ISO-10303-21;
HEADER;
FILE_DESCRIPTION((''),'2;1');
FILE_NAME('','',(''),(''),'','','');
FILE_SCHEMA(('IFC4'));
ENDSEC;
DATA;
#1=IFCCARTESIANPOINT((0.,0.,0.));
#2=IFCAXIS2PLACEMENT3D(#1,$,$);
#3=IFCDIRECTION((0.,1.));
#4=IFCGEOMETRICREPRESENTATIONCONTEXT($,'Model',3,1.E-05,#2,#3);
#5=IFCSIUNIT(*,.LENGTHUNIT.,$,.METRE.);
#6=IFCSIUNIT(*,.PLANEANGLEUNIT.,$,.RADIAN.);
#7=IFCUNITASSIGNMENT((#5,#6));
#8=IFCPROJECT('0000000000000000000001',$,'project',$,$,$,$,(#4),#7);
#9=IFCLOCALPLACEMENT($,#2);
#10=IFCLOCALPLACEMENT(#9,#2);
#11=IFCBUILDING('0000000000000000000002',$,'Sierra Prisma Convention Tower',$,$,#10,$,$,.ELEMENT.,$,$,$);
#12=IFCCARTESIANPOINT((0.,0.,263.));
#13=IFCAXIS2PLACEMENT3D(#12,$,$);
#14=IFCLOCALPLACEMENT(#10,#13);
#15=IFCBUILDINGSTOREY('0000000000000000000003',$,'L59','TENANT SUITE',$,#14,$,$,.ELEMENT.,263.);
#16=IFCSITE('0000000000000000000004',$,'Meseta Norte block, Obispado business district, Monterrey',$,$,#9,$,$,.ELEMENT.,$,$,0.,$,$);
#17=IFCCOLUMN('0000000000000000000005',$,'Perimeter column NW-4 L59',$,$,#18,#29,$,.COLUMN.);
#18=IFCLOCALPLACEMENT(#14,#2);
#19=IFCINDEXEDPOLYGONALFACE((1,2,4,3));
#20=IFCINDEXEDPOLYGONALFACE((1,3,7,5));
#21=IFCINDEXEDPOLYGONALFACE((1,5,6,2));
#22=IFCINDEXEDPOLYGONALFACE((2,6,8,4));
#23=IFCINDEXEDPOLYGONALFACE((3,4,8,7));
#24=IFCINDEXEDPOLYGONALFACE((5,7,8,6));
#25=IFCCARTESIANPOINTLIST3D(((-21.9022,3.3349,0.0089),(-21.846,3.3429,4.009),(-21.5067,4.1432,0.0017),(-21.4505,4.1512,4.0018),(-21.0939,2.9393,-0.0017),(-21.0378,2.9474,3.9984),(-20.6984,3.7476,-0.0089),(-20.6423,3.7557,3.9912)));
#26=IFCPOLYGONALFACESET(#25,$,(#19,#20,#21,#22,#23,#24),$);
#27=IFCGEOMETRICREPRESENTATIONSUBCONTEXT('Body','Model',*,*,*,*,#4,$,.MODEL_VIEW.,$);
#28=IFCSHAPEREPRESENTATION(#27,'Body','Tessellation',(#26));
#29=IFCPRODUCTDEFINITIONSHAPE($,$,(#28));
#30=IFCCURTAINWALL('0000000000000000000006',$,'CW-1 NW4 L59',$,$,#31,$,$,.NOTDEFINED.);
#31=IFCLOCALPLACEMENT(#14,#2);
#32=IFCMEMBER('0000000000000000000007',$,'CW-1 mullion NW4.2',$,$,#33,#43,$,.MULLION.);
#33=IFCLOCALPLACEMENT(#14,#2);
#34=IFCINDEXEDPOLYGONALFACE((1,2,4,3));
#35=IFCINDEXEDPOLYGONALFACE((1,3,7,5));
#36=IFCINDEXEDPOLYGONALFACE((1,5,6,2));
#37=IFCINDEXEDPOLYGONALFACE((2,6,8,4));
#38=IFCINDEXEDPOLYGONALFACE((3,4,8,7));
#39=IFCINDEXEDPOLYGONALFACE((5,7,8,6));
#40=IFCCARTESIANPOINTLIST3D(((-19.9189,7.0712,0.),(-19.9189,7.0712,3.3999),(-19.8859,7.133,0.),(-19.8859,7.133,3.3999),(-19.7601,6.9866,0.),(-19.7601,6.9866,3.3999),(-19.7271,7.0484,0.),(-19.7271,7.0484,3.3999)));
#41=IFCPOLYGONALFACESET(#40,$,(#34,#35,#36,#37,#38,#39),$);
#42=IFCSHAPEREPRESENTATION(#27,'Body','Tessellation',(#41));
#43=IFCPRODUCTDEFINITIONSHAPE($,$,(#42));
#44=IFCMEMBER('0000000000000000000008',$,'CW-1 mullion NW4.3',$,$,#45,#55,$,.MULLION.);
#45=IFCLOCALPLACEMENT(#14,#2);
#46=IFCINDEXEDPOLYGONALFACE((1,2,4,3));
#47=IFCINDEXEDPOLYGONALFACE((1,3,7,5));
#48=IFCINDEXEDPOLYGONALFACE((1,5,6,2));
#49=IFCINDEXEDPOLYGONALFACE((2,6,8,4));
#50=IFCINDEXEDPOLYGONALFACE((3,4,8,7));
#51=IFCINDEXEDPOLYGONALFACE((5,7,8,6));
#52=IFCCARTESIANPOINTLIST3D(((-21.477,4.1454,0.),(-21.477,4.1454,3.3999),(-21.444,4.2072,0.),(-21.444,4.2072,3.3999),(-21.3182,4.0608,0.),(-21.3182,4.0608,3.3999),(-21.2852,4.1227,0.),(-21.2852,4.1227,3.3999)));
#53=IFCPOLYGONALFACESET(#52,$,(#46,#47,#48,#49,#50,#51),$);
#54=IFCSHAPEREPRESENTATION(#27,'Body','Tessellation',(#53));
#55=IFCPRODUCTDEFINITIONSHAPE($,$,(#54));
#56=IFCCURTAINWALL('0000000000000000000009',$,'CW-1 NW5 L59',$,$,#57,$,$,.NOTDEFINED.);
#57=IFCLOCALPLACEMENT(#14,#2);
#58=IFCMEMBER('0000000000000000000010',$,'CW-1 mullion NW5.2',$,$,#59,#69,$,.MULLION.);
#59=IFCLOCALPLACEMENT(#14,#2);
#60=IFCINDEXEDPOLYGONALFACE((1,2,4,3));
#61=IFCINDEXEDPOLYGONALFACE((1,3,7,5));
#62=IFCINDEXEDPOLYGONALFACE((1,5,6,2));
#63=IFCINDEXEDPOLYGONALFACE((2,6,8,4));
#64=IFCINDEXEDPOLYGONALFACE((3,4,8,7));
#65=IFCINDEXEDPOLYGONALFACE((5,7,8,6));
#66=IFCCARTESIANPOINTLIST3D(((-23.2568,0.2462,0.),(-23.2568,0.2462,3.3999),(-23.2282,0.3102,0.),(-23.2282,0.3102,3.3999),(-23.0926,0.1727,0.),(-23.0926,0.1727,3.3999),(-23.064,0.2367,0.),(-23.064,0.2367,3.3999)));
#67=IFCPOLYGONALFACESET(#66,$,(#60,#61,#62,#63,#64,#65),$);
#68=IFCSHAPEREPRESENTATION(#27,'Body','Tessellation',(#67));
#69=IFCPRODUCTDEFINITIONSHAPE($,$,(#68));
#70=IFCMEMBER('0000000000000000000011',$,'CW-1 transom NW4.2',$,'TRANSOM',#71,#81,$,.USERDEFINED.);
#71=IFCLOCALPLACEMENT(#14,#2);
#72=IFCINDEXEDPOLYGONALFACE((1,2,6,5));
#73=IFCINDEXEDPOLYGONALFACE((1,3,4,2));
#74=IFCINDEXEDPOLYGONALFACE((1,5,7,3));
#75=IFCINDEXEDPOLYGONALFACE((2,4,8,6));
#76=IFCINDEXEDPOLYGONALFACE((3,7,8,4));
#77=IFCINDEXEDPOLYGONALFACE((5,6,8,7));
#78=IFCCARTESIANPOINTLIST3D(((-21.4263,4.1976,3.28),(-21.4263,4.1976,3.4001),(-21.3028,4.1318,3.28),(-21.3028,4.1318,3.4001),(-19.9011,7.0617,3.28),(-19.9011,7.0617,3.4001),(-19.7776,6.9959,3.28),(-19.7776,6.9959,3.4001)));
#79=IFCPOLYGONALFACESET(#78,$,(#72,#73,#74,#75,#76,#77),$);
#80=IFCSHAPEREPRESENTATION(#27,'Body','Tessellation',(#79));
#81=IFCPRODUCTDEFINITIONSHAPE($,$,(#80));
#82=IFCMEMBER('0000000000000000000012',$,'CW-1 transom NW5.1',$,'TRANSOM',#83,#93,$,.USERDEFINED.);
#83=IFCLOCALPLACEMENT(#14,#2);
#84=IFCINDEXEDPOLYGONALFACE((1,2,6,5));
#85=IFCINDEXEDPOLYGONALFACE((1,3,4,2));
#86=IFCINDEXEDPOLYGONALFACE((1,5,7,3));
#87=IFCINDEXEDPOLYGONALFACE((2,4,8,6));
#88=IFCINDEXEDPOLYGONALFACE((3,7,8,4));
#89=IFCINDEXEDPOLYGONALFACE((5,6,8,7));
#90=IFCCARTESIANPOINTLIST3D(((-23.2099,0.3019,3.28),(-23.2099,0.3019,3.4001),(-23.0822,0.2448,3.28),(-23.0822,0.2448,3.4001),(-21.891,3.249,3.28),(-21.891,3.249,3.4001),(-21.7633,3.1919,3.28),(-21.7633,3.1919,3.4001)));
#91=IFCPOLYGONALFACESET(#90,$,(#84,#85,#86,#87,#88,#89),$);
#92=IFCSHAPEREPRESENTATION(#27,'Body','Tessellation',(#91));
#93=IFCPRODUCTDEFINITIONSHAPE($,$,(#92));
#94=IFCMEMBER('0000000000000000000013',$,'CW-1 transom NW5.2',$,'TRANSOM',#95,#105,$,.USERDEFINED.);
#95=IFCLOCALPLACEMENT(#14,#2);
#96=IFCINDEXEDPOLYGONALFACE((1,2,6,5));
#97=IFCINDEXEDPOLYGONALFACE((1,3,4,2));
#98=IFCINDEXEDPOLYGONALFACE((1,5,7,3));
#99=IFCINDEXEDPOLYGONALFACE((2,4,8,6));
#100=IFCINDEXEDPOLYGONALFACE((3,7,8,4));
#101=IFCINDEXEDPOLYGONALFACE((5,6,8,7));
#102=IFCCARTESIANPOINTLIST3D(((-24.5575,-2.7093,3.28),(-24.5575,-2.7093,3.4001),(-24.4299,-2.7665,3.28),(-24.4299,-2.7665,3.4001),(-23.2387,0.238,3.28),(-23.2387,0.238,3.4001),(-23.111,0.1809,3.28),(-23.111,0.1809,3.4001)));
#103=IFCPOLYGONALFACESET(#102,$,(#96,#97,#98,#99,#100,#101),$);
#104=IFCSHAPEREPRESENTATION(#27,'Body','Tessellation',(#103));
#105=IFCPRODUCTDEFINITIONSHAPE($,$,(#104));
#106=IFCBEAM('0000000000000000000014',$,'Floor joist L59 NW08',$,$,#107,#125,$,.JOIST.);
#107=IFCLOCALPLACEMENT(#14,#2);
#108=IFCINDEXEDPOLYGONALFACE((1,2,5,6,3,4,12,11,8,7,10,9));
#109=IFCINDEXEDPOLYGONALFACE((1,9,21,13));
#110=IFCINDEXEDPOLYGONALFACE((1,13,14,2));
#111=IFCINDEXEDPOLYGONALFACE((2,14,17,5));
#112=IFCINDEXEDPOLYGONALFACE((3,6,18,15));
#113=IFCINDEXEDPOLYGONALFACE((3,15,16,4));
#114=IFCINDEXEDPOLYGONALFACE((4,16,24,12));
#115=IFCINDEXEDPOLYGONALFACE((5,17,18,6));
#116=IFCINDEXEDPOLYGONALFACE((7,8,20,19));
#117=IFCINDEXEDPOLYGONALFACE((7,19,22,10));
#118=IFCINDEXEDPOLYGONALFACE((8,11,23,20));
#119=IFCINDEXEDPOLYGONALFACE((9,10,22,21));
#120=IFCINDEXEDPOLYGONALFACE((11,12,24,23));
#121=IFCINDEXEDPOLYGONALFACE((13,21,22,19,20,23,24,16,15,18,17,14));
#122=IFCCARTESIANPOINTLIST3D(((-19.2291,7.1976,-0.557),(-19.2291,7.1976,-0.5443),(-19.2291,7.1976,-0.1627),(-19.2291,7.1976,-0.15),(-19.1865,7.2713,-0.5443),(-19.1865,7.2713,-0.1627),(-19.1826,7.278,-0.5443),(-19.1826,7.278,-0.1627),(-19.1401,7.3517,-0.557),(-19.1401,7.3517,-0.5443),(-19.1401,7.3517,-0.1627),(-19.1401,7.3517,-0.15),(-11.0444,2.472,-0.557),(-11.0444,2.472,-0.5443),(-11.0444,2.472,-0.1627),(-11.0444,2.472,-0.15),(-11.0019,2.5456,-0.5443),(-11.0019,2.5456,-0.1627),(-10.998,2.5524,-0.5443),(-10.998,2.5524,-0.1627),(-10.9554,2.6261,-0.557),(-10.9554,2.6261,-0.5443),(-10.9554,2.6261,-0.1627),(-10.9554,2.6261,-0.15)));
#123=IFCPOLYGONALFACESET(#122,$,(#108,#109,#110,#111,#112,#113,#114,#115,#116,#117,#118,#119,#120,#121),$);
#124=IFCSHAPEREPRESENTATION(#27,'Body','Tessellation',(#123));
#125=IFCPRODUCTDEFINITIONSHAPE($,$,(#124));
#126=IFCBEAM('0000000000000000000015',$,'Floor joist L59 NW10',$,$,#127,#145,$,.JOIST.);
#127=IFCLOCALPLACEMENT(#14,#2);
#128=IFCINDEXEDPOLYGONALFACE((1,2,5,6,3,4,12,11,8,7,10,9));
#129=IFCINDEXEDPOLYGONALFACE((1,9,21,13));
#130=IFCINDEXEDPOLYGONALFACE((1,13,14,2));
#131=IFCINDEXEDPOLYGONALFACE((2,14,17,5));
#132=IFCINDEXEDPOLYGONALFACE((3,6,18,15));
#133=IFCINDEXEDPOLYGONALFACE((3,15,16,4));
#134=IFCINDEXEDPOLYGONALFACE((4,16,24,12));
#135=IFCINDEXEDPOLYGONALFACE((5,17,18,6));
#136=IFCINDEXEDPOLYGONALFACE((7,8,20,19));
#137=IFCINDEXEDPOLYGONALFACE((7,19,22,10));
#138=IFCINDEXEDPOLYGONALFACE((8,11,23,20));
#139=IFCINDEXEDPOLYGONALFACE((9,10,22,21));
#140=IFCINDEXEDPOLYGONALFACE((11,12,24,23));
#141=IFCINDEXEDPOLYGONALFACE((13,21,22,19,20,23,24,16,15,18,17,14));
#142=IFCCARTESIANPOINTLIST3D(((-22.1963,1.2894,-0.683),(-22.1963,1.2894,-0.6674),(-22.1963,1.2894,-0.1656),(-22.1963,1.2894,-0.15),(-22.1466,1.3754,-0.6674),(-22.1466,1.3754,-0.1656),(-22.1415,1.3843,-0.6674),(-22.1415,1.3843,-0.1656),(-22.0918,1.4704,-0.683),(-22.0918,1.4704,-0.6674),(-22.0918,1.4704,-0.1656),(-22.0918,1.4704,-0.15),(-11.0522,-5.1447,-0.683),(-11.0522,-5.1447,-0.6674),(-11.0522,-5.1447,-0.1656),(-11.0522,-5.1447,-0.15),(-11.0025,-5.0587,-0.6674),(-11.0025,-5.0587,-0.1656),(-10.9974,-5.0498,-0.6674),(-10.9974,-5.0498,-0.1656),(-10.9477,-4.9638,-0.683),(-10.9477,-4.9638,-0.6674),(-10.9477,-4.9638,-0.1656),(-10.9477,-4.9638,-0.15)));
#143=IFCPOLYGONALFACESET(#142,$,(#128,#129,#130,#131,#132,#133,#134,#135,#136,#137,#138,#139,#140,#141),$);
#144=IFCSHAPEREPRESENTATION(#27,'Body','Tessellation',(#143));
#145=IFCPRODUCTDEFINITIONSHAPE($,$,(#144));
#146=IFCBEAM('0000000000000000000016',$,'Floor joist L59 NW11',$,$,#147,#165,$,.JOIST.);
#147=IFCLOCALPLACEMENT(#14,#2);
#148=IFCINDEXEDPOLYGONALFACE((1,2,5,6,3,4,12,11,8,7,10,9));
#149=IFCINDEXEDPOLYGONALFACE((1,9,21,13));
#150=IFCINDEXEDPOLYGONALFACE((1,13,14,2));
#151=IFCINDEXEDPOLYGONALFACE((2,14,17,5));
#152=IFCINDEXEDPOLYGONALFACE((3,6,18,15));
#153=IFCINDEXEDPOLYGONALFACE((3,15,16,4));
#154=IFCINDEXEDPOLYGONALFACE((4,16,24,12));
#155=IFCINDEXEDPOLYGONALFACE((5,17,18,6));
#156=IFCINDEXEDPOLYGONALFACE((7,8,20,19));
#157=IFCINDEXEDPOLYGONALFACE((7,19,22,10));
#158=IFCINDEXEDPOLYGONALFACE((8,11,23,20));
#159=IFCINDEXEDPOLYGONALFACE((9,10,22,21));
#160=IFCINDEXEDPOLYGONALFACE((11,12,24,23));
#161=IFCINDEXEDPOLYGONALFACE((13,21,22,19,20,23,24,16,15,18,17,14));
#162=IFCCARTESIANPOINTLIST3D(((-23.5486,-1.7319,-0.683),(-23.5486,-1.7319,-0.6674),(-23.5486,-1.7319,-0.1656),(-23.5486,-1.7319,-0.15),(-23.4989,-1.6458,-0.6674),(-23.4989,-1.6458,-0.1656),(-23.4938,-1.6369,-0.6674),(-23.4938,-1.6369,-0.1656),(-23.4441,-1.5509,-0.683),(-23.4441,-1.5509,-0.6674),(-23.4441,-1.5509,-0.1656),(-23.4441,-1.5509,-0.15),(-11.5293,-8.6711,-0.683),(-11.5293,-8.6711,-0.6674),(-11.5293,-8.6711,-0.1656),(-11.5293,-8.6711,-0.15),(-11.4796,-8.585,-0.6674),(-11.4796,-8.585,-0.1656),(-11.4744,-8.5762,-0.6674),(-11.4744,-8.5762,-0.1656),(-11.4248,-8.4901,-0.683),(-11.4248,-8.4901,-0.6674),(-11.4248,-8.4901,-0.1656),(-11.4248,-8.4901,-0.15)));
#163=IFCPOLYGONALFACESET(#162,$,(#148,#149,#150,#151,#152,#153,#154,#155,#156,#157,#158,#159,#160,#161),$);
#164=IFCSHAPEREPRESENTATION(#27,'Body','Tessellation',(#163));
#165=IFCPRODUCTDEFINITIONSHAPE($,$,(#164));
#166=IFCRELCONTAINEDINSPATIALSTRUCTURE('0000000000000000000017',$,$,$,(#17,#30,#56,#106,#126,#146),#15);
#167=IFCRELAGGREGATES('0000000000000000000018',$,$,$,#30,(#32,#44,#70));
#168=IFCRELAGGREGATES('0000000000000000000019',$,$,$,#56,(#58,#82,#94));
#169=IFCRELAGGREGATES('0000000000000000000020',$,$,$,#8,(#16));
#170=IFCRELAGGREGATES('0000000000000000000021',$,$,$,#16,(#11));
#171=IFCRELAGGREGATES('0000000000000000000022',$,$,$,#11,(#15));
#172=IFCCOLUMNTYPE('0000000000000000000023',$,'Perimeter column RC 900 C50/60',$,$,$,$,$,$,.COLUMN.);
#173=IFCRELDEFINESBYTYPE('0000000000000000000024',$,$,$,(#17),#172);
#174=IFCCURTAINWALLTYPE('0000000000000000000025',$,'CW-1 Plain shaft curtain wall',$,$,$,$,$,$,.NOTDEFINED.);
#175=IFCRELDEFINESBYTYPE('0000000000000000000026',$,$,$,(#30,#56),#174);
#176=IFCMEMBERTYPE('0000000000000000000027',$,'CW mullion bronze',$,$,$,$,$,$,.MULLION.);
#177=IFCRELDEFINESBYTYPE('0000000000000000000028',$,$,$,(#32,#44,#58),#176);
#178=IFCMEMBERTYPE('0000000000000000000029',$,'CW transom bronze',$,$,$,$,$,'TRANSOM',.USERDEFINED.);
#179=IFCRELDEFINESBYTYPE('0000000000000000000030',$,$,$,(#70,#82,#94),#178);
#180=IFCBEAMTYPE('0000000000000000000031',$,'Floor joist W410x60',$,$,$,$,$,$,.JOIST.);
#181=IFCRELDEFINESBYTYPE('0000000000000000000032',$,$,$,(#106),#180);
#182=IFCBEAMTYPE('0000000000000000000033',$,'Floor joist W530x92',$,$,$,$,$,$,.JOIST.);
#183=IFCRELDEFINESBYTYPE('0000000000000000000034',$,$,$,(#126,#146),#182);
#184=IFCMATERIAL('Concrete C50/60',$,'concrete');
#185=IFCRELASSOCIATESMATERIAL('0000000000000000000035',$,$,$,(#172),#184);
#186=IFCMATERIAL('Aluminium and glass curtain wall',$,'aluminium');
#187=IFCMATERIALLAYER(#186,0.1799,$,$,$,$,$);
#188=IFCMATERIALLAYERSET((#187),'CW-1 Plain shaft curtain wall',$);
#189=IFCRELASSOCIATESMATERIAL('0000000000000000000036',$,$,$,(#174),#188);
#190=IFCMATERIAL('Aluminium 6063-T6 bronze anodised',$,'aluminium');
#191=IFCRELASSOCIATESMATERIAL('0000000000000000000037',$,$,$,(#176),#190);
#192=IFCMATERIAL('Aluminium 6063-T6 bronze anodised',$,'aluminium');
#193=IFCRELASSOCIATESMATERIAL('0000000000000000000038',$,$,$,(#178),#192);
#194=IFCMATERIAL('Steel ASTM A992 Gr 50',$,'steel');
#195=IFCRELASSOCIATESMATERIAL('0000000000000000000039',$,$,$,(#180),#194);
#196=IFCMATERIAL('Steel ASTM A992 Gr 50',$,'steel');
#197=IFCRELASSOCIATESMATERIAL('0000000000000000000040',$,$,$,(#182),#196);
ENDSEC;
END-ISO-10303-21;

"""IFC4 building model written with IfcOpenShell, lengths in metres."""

from ifc_helpers import new_model, si_unit, direction, frame, origin, origin_2d, place, context, subcontext, project, spatial, rectangle, i_section, extrude, material, layer, layer_set, material_profile, profile_set, type_object, element, aggregate, save


model = new_model("IFC4")

# Units and contexts
model_context = context("Model", 3, precision=1e-05, world=origin(), true_north=direction((0.0, 1.0)))
body_context = subcontext(model_context, "Body", "Model", "MODEL_VIEW")
ifc_project = project(units=[si_unit("LENGTHUNIT", "METRE"), si_unit("PLANEANGLEUNIT", "RADIAN")], contexts=[model_context])

# Site, building, storey
site_placement = place(None, origin())
site = spatial("IfcSite", under=ifc_project, at=site_placement, Name="Meseta Norte block, Obispado business district, Monterrey", CompositionType="ELEMENT", RefElevation=0.0)
building_placement = place(site_placement, origin())
building = spatial("IfcBuilding", under=site, at=building_placement, Name="Sierra Prisma Convention Tower", CompositionType="ELEMENT")
storey_placement = place(building_placement, frame((0.0, 0.0, 263.0)))
storey = spatial("IfcBuildingStorey", under=building, at=storey_placement, Name="L59", Description="TENANT SUITE", CompositionType="ELEMENT", Elevation=263.0)

# Column
ifc_material_1 = material(Name="Concrete C50/60", Category="concrete")
ifc_material_profile_1 = material_profile(ifc_material_1, rectangle(XDim=0.8999, YDim=0.8999, at=origin_2d()), Name="Perimeter column RC 900 C50/60")
ifc_profile_set_1 = profile_set([ifc_material_profile_1], Name="Concrete C50/60")
column_type = type_object("IfcColumnType", Name="Perimeter column RC 900 C50/60", PredefinedType="COLUMN", material=ifc_profile_set_1)
column_placement = place(storey_placement, frame((-21.3003, 3.5413, 0.0), z_axis=(0.014037, 0.002014, 0.999899), x_axis=(0.439491, 0.898211, -0.007979)))
element("IfcColumn", 1, at=column_placement, inside=storey, type_object=column_type, Name="Perimeter column NW-4 L59", PredefinedType="COLUMN", context=body_context, shape_type="SweptSolid", body=[
    extrude(rectangle(XDim=0.8999, YDim=0.8999, at=origin_2d()), origin(), (0.0, 0.0, 1.0), 4.0005),
])

# Curtain wall, members
ifc_material_2 = material(Name="Aluminium and glass curtain wall", Category="aluminium")
ifc_layer_1 = layer(ifc_material_2, 0.1799)
ifc_layer_set_1 = layer_set([ifc_layer_1], Name="CW-1 Plain shaft curtain wall")
curtain_wall_type = type_object("IfcCurtainWallType", Name="CW-1 Plain shaft curtain wall", PredefinedType="NOTDEFINED", material=ifc_layer_set_1)
curtain_wall_1_placement = place(storey_placement, origin())
curtain_wall_1 = element("IfcCurtainWall", 2, at=curtain_wall_1_placement, inside=storey, type_object=curtain_wall_type, Name="CW-1 NW4 L59", PredefinedType="NOTDEFINED")
ifc_material_3 = material(Name="Aluminium 6063-T6 bronze anodised", Category="aluminium")
ifc_material_profile_2 = material_profile(ifc_material_3, rectangle(XDim=0.1799, YDim=0.0701, at=origin_2d()), Name="ALU MULLION 70x180")
ifc_profile_set_2 = profile_set([ifc_material_profile_2], Name="Aluminium 6063-T6 bronze anodised")
member_type_1 = type_object("IfcMemberType", Name="CW mullion bronze", PredefinedType="MULLION", material=ifc_profile_set_2)
member_1_placement = place(storey_placement, frame((-19.823, 7.0598, 0.0), z_axis=(0.0, 0.0, 1.0), x_axis=(0.882644, -0.470043, 0.0)))
member_1 = element("IfcMember", 3, at=member_1_placement, type_object=member_type_1, Name="CW-1 mullion NW4.2", PredefinedType="MULLION", context=body_context, shape_type="SweptSolid", body=[
    extrude(rectangle(XDim=0.1799, YDim=0.0701, at=origin_2d()), origin(), (0.0, 0.0, 1.0), 3.3999),
])
member_2_placement = place(storey_placement, frame((-21.3811, 4.134, 0.0), z_axis=(0.0, 0.0, 1.0), x_axis=(0.882644, -0.470043, 0.0)))
member_2 = element("IfcMember", 4, at=member_2_placement, type_object=member_type_1, Name="CW-1 mullion NW4.3", PredefinedType="MULLION", context=body_context, shape_type="SweptSolid", body=[
    extrude(rectangle(XDim=0.1799, YDim=0.0701, at=origin_2d()), origin(), (0.0, 0.0, 1.0), 3.3999),
])

# Curtain wall, member
curtain_wall_2_placement = place(storey_placement, origin())
curtain_wall_2 = element("IfcCurtainWall", 5, at=curtain_wall_2_placement, inside=storey, type_object=curtain_wall_type, Name="CW-1 NW5 L59", PredefinedType="NOTDEFINED")
member_3_placement = place(storey_placement, frame((-23.1604, 0.2415, 0.0), z_axis=(0.0, 0.0, 1.0), x_axis=(0.912754, -0.408509, 0.0)))
member_3 = element("IfcMember", 6, at=member_3_placement, type_object=member_type_1, Name="CW-1 mullion NW5.2", PredefinedType="MULLION", context=body_context, shape_type="SweptSolid", body=[
    extrude(rectangle(XDim=0.1799, YDim=0.0701, at=origin_2d()), origin(), (0.0, 0.0, 1.0), 3.3999),
])

# Members
ifc_material_4 = material(Name="Aluminium 6063-T6 bronze anodised", Category="aluminium")
ifc_material_profile_3 = material_profile(ifc_material_4, rectangle(XDim=0.1399, YDim=0.1201, at=origin_2d()), Name="ALU TRANSOM 120x140")
ifc_profile_set_3 = profile_set([ifc_material_profile_3], Name="Aluminium 6063-T6 bronze anodised")
member_type_2 = type_object("IfcMemberType", Name="CW transom bronze", ElementType="TRANSOM", PredefinedType="USERDEFINED", material=ifc_profile_set_3)
member_4_placement = place(storey_placement, frame((-19.8394, 7.0288, 3.3401), z_axis=(-0.47003, -0.882651, 0.0), x_axis=(0.882651, -0.47003, 0.0)))
member_4 = element("IfcMember", 7, at=member_4_placement, type_object=member_type_2, Name="CW-1 transom NW4.2", ObjectType="TRANSOM", PredefinedType="USERDEFINED", context=body_context, shape_type="SweptSolid", body=[
    extrude(rectangle(XDim=0.1399, YDim=0.1201, at=origin_2d()), origin(), (0.0, 0.0, 1.0), 3.2449),
])
member_5_placement = place(storey_placement, frame((-21.8271, 3.2205, 3.3401), z_axis=(-0.40848, -0.912767, 0.0), x_axis=(0.912767, -0.40848, 0.0)))
member_5 = element("IfcMember", 8, at=member_5_placement, type_object=member_type_2, Name="CW-1 transom NW5.1", ObjectType="TRANSOM", PredefinedType="USERDEFINED", context=body_context, shape_type="SweptSolid", body=[
    extrude(rectangle(XDim=0.1399, YDim=0.1201, at=origin_2d()), origin(), (0.0, 0.0, 1.0), 3.2288),
])
member_6_placement = place(storey_placement, frame((-23.1748, 0.2095, 3.3401), z_axis=(-0.408452, -0.91278, 0.0), x_axis=(0.91278, -0.408452, 0.0)))
member_6 = element("IfcMember", 9, at=member_6_placement, type_object=member_type_2, Name="CW-1 transom NW5.2", ObjectType="TRANSOM", PredefinedType="USERDEFINED", context=body_context, shape_type="SweptSolid", body=[
    extrude(rectangle(XDim=0.1399, YDim=0.1201, at=origin_2d()), origin(), (0.0, 0.0, 1.0), 3.229),
])

# Beams
ifc_material_5 = material(Name="Steel ASTM A992 Gr 50", Category="steel")
ifc_material_profile_4 = material_profile(ifc_material_5, i_section(OverallWidth=0.178, OverallDepth=0.407, WebThickness=0.0078, FlangeThickness=0.0127, at=origin_2d()), Name="W410x60")
ifc_profile_set_4 = profile_set([ifc_material_profile_4], Name="Steel ASTM A992 Gr 50")
beam_type_1 = type_object("IfcBeamType", Name="Floor joist W410x60", PredefinedType="JOIST", material=ifc_profile_set_4)
beam_1_placement = place(storey_placement, frame((-19.1846, 7.2747, -0.3535), z_axis=(0.866015, -0.500018, 0.0), x_axis=(0.500018, 0.866015, 0.0)))
element("IfcBeam", 10, at=beam_1_placement, inside=storey, type_object=beam_type_1, Name="Floor joist L59 NW08", PredefinedType="JOIST", context=body_context, shape_type="SweptSolid", body=[
    extrude(i_section(OverallWidth=0.178, OverallDepth=0.407, WebThickness=0.0078, FlangeThickness=0.0127, at=origin_2d()), origin(), (0.0, 0.0, 1.0), 9.4509),
])
ifc_material_6 = material(Name="Steel ASTM A992 Gr 50", Category="steel")
ifc_material_profile_5 = material_profile(ifc_material_6, i_section(OverallWidth=0.209, OverallDepth=0.533, WebThickness=0.0103, FlangeThickness=0.0156, at=origin_2d()), Name="W530x92")
ifc_profile_set_5 = profile_set([ifc_material_profile_5], Name="Steel ASTM A992 Gr 50")
beam_type_2 = type_object("IfcBeamType", Name="Floor joist W530x92", PredefinedType="JOIST", material=ifc_profile_set_5)
beam_2_placement = place(storey_placement, frame((-22.144, 1.3799, -0.4165), z_axis=(0.866023, -0.500004, 0.0), x_axis=(0.500004, 0.866023, 0.0)))
element("IfcBeam", 11, at=beam_2_placement, inside=storey, type_object=beam_type_2, Name="Floor joist L59 NW10", PredefinedType="JOIST", context=body_context, shape_type="SweptSolid", body=[
    extrude(i_section(OverallWidth=0.209, OverallDepth=0.533, WebThickness=0.0103, FlangeThickness=0.0156, at=origin_2d()), origin(), (0.0, 0.0, 1.0), 12.8682),
])
beam_3_placement = place(storey_placement, frame((-23.4963, -1.6414, -0.4165), z_axis=(0.866029, -0.499993, 0.0), x_axis=(0.499993, 0.866029, 0.0)))
element("IfcBeam", 12, at=beam_3_placement, inside=storey, type_object=beam_type_2, Name="Floor joist L59 NW11", PredefinedType="JOIST", context=body_context, shape_type="SweptSolid", body=[
    extrude(i_section(OverallWidth=0.209, OverallDepth=0.533, WebThickness=0.0103, FlangeThickness=0.0156, at=origin_2d()), origin(), (0.0, 0.0, 1.0), 13.8787),
])

aggregate(curtain_wall_1, [member_1, member_2, member_4])
aggregate(curtain_wall_2, [member_3, member_5, member_6])

save(model, "model.ifc")
